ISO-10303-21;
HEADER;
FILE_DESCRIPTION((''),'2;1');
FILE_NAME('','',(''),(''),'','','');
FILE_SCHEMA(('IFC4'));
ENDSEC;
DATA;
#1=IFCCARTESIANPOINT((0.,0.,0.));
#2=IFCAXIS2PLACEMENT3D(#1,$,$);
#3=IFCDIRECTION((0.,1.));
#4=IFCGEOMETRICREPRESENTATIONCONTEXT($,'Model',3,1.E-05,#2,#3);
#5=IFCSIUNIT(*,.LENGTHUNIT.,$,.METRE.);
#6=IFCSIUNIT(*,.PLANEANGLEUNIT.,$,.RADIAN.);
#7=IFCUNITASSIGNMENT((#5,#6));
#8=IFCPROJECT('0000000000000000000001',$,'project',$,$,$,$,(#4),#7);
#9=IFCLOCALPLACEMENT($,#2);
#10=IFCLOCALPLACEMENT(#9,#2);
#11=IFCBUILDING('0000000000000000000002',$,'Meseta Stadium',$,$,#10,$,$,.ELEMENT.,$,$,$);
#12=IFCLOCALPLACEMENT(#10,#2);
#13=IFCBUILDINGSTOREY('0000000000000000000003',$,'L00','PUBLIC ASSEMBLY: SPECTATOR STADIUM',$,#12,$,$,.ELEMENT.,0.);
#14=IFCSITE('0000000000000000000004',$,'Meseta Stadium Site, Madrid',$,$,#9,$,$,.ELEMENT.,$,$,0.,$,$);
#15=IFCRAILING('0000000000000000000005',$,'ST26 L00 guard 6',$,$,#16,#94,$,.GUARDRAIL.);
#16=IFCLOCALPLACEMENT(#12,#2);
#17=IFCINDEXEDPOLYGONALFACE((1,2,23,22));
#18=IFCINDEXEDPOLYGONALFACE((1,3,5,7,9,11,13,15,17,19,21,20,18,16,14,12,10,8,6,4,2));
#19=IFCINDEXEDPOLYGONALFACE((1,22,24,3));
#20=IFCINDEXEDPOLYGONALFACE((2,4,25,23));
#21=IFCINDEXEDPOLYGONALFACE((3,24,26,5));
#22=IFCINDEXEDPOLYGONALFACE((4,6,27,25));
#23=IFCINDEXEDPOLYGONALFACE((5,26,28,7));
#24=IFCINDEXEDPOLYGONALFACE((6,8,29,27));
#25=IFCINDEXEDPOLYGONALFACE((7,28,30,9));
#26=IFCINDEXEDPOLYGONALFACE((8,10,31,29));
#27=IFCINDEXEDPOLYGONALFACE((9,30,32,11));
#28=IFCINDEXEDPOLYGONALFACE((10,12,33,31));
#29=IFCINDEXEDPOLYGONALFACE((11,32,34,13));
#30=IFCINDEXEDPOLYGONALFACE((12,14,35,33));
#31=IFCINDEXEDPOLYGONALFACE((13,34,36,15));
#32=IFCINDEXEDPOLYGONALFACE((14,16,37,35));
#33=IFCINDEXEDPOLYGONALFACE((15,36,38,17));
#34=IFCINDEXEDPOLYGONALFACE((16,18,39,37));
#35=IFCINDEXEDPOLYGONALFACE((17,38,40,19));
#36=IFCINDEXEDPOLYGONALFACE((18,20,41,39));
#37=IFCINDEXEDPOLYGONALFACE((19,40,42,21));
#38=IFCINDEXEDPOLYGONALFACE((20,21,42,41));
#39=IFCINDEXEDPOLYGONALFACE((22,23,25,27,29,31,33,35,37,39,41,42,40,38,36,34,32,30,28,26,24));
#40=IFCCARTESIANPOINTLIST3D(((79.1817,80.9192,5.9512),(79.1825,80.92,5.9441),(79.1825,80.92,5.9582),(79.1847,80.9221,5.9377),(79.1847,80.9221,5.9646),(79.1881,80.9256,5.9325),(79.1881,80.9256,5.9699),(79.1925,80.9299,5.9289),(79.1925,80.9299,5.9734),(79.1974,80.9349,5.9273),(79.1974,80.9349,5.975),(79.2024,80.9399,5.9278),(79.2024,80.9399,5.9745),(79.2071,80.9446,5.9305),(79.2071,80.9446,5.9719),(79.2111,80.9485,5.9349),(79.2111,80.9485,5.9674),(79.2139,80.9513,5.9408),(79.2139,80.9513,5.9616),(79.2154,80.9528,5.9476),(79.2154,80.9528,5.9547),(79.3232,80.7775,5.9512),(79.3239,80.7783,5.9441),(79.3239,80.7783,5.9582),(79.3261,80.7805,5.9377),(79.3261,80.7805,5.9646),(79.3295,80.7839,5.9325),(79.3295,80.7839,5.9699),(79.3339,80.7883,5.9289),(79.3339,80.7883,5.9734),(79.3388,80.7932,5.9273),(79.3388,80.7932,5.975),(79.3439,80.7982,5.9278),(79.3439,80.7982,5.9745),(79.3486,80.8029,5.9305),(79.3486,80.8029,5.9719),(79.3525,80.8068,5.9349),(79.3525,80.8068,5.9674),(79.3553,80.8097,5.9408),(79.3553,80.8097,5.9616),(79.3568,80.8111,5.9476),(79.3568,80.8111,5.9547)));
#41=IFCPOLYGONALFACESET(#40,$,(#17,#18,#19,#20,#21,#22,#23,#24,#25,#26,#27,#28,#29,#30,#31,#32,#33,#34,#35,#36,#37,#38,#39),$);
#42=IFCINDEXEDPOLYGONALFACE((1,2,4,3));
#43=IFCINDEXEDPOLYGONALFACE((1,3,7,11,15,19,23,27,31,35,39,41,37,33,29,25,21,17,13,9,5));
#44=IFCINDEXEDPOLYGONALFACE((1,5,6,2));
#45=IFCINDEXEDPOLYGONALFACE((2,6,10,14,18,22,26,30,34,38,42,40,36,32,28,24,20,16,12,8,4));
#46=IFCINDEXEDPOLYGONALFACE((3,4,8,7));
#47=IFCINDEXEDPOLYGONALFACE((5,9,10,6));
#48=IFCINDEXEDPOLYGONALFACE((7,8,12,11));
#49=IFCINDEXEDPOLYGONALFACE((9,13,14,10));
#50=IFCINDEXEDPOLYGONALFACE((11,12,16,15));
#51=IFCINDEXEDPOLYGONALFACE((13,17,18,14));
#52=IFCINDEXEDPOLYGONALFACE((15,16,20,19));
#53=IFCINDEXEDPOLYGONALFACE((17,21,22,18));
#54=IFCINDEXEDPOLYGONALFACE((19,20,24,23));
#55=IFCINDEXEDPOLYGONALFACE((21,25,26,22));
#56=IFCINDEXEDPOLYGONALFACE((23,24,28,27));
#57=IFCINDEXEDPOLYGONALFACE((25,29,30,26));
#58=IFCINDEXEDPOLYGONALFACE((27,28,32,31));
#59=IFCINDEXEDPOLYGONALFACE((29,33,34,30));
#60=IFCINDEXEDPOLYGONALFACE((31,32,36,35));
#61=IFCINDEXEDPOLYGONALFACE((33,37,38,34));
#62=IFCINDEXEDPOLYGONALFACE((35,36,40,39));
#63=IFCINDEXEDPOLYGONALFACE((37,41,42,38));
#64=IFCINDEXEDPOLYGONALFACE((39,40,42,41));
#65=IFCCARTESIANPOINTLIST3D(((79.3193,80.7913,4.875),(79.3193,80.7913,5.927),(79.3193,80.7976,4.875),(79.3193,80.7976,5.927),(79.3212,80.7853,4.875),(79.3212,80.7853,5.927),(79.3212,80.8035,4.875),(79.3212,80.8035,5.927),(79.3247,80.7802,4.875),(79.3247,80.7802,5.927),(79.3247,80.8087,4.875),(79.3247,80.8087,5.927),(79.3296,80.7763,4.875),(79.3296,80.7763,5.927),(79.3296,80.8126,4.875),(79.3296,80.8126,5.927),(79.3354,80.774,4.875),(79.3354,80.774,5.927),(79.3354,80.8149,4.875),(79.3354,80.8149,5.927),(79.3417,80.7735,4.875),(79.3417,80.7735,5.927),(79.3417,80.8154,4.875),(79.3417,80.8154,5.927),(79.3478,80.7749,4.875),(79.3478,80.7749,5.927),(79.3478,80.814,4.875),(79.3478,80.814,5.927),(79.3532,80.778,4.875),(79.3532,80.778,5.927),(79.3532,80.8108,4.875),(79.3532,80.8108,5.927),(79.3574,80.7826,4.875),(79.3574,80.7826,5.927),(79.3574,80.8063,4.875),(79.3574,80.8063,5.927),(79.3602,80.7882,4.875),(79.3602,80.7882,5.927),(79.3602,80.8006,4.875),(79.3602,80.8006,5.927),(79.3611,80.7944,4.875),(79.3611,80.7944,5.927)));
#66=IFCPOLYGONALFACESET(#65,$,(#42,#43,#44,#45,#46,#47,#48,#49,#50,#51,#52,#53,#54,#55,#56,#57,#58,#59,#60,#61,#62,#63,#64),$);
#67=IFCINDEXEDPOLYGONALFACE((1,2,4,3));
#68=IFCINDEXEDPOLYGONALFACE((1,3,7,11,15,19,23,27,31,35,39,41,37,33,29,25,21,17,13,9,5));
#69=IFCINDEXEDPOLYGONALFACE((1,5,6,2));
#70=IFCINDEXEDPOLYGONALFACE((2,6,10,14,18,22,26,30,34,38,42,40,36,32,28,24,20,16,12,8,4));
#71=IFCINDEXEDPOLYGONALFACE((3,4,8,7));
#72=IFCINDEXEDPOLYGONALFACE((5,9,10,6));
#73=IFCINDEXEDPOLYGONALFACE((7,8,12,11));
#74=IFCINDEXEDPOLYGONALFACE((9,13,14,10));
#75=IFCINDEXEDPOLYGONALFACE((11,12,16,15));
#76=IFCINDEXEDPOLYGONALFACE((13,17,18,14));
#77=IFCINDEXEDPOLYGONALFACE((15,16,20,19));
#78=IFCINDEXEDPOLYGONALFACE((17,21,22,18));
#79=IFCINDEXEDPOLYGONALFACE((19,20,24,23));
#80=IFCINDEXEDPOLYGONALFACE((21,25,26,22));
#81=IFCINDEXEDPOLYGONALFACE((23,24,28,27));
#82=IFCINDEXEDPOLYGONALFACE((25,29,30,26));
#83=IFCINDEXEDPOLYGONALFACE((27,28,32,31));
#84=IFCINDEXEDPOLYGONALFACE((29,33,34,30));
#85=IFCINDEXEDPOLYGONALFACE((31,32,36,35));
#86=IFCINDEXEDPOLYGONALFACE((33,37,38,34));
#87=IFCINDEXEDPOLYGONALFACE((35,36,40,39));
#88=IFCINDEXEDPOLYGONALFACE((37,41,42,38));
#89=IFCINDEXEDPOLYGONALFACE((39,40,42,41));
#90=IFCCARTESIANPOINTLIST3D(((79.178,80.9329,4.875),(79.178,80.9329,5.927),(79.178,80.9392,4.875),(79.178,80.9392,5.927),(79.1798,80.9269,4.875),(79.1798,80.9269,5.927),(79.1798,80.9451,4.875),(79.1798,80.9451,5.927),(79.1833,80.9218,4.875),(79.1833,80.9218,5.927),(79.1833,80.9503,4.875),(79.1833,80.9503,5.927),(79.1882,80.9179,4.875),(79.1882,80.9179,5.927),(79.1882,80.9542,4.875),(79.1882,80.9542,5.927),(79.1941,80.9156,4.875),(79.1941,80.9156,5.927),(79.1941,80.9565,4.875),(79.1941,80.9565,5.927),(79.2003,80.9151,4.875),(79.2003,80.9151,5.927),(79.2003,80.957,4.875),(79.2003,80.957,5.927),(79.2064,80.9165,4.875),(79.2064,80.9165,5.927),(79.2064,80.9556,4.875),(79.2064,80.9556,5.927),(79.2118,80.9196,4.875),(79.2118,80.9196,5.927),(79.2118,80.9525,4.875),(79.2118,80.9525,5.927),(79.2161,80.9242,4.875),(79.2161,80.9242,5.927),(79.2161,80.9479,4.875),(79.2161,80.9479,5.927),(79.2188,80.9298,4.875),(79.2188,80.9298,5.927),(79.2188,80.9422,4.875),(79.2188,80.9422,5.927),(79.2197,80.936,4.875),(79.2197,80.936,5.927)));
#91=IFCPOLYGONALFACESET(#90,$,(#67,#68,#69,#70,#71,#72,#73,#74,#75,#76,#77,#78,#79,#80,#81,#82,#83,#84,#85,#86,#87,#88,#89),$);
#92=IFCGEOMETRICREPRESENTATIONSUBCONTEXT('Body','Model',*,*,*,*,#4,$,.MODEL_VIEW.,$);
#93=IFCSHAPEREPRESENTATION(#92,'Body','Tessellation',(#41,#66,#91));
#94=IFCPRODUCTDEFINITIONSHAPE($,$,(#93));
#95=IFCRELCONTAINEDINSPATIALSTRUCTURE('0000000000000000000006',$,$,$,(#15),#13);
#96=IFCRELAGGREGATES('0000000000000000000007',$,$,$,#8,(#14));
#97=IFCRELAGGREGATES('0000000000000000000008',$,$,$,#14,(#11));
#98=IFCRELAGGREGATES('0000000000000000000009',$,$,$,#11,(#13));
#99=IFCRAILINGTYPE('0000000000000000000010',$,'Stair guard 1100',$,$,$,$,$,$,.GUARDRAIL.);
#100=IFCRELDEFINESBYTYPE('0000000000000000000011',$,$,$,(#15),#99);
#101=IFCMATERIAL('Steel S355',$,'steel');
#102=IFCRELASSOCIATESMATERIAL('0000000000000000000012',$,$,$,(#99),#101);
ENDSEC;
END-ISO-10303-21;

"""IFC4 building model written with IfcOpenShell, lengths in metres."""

from ifc_helpers import new_model, si_unit, direction, frame, origin, origin_2d, place, context, subcontext, project, spatial, circle, extrude, material, type_object, element, save


model = new_model("IFC4")

# Units and contexts
model_context = context("Model", 3, precision=1e-05, world=origin(), true_north=direction((0.0, 1.0)))
body_context = subcontext(model_context, "Body", "Model", "MODEL_VIEW")
ifc_project = project(units=[si_unit("LENGTHUNIT", "METRE"), si_unit("PLANEANGLEUNIT", "RADIAN")], contexts=[model_context])

# Site, building, storey
site_placement = place(None, origin())
site = spatial("IfcSite", under=ifc_project, at=site_placement, Name="Meseta Stadium Site, Madrid", CompositionType="ELEMENT", RefElevation=0.0)
building_placement = place(site_placement, origin())
building = spatial("IfcBuilding", under=site, at=building_placement, Name="Meseta Stadium", CompositionType="ELEMENT")
storey_placement = place(building_placement, origin())
storey = spatial("IfcBuildingStorey", under=building, at=storey_placement, Name="L00", Description="PUBLIC ASSEMBLY: SPECTATOR STADIUM", CompositionType="ELEMENT", Elevation=0.0)

# Railing
ifc_material_1 = material(Name="Steel S355", Category="steel")
railing_type_1 = type_object("IfcRailingType", Name="Stair guard 1100", PredefinedType="GUARDRAIL", material=ifc_material_1)
railing_1_placement = place(storey_placement, frame((79.3401, 80.7944, 4.875)))
element("IfcRailing", 1, at=railing_1_placement, inside=storey, type_object=railing_type_1, Name="ST26 L00 guard 6", PredefinedType="GUARDRAIL", context=body_context, shape_type="SweptSolid", body=[
    extrude(circle(Radius=0.0239, at=origin_2d()), frame((0.0, 0.0, 1.0762), z_axis=(-0.706496, 0.707717, 0.0), x_axis=(-0.707717, -0.706496, 0.0)), (0.0, 0.0, 1.0), 0.2002),
    extrude(circle(Radius=0.021, at=origin_2d()), origin(), (0.0, 0.0, 1.0), 1.052),
    extrude(circle(Radius=0.021, at=origin_2d()), frame((-0.1414, 0.1416, 0.0)), (0.0, 0.0, 1.0), 1.052),
])

save(model, "model.ifc")
